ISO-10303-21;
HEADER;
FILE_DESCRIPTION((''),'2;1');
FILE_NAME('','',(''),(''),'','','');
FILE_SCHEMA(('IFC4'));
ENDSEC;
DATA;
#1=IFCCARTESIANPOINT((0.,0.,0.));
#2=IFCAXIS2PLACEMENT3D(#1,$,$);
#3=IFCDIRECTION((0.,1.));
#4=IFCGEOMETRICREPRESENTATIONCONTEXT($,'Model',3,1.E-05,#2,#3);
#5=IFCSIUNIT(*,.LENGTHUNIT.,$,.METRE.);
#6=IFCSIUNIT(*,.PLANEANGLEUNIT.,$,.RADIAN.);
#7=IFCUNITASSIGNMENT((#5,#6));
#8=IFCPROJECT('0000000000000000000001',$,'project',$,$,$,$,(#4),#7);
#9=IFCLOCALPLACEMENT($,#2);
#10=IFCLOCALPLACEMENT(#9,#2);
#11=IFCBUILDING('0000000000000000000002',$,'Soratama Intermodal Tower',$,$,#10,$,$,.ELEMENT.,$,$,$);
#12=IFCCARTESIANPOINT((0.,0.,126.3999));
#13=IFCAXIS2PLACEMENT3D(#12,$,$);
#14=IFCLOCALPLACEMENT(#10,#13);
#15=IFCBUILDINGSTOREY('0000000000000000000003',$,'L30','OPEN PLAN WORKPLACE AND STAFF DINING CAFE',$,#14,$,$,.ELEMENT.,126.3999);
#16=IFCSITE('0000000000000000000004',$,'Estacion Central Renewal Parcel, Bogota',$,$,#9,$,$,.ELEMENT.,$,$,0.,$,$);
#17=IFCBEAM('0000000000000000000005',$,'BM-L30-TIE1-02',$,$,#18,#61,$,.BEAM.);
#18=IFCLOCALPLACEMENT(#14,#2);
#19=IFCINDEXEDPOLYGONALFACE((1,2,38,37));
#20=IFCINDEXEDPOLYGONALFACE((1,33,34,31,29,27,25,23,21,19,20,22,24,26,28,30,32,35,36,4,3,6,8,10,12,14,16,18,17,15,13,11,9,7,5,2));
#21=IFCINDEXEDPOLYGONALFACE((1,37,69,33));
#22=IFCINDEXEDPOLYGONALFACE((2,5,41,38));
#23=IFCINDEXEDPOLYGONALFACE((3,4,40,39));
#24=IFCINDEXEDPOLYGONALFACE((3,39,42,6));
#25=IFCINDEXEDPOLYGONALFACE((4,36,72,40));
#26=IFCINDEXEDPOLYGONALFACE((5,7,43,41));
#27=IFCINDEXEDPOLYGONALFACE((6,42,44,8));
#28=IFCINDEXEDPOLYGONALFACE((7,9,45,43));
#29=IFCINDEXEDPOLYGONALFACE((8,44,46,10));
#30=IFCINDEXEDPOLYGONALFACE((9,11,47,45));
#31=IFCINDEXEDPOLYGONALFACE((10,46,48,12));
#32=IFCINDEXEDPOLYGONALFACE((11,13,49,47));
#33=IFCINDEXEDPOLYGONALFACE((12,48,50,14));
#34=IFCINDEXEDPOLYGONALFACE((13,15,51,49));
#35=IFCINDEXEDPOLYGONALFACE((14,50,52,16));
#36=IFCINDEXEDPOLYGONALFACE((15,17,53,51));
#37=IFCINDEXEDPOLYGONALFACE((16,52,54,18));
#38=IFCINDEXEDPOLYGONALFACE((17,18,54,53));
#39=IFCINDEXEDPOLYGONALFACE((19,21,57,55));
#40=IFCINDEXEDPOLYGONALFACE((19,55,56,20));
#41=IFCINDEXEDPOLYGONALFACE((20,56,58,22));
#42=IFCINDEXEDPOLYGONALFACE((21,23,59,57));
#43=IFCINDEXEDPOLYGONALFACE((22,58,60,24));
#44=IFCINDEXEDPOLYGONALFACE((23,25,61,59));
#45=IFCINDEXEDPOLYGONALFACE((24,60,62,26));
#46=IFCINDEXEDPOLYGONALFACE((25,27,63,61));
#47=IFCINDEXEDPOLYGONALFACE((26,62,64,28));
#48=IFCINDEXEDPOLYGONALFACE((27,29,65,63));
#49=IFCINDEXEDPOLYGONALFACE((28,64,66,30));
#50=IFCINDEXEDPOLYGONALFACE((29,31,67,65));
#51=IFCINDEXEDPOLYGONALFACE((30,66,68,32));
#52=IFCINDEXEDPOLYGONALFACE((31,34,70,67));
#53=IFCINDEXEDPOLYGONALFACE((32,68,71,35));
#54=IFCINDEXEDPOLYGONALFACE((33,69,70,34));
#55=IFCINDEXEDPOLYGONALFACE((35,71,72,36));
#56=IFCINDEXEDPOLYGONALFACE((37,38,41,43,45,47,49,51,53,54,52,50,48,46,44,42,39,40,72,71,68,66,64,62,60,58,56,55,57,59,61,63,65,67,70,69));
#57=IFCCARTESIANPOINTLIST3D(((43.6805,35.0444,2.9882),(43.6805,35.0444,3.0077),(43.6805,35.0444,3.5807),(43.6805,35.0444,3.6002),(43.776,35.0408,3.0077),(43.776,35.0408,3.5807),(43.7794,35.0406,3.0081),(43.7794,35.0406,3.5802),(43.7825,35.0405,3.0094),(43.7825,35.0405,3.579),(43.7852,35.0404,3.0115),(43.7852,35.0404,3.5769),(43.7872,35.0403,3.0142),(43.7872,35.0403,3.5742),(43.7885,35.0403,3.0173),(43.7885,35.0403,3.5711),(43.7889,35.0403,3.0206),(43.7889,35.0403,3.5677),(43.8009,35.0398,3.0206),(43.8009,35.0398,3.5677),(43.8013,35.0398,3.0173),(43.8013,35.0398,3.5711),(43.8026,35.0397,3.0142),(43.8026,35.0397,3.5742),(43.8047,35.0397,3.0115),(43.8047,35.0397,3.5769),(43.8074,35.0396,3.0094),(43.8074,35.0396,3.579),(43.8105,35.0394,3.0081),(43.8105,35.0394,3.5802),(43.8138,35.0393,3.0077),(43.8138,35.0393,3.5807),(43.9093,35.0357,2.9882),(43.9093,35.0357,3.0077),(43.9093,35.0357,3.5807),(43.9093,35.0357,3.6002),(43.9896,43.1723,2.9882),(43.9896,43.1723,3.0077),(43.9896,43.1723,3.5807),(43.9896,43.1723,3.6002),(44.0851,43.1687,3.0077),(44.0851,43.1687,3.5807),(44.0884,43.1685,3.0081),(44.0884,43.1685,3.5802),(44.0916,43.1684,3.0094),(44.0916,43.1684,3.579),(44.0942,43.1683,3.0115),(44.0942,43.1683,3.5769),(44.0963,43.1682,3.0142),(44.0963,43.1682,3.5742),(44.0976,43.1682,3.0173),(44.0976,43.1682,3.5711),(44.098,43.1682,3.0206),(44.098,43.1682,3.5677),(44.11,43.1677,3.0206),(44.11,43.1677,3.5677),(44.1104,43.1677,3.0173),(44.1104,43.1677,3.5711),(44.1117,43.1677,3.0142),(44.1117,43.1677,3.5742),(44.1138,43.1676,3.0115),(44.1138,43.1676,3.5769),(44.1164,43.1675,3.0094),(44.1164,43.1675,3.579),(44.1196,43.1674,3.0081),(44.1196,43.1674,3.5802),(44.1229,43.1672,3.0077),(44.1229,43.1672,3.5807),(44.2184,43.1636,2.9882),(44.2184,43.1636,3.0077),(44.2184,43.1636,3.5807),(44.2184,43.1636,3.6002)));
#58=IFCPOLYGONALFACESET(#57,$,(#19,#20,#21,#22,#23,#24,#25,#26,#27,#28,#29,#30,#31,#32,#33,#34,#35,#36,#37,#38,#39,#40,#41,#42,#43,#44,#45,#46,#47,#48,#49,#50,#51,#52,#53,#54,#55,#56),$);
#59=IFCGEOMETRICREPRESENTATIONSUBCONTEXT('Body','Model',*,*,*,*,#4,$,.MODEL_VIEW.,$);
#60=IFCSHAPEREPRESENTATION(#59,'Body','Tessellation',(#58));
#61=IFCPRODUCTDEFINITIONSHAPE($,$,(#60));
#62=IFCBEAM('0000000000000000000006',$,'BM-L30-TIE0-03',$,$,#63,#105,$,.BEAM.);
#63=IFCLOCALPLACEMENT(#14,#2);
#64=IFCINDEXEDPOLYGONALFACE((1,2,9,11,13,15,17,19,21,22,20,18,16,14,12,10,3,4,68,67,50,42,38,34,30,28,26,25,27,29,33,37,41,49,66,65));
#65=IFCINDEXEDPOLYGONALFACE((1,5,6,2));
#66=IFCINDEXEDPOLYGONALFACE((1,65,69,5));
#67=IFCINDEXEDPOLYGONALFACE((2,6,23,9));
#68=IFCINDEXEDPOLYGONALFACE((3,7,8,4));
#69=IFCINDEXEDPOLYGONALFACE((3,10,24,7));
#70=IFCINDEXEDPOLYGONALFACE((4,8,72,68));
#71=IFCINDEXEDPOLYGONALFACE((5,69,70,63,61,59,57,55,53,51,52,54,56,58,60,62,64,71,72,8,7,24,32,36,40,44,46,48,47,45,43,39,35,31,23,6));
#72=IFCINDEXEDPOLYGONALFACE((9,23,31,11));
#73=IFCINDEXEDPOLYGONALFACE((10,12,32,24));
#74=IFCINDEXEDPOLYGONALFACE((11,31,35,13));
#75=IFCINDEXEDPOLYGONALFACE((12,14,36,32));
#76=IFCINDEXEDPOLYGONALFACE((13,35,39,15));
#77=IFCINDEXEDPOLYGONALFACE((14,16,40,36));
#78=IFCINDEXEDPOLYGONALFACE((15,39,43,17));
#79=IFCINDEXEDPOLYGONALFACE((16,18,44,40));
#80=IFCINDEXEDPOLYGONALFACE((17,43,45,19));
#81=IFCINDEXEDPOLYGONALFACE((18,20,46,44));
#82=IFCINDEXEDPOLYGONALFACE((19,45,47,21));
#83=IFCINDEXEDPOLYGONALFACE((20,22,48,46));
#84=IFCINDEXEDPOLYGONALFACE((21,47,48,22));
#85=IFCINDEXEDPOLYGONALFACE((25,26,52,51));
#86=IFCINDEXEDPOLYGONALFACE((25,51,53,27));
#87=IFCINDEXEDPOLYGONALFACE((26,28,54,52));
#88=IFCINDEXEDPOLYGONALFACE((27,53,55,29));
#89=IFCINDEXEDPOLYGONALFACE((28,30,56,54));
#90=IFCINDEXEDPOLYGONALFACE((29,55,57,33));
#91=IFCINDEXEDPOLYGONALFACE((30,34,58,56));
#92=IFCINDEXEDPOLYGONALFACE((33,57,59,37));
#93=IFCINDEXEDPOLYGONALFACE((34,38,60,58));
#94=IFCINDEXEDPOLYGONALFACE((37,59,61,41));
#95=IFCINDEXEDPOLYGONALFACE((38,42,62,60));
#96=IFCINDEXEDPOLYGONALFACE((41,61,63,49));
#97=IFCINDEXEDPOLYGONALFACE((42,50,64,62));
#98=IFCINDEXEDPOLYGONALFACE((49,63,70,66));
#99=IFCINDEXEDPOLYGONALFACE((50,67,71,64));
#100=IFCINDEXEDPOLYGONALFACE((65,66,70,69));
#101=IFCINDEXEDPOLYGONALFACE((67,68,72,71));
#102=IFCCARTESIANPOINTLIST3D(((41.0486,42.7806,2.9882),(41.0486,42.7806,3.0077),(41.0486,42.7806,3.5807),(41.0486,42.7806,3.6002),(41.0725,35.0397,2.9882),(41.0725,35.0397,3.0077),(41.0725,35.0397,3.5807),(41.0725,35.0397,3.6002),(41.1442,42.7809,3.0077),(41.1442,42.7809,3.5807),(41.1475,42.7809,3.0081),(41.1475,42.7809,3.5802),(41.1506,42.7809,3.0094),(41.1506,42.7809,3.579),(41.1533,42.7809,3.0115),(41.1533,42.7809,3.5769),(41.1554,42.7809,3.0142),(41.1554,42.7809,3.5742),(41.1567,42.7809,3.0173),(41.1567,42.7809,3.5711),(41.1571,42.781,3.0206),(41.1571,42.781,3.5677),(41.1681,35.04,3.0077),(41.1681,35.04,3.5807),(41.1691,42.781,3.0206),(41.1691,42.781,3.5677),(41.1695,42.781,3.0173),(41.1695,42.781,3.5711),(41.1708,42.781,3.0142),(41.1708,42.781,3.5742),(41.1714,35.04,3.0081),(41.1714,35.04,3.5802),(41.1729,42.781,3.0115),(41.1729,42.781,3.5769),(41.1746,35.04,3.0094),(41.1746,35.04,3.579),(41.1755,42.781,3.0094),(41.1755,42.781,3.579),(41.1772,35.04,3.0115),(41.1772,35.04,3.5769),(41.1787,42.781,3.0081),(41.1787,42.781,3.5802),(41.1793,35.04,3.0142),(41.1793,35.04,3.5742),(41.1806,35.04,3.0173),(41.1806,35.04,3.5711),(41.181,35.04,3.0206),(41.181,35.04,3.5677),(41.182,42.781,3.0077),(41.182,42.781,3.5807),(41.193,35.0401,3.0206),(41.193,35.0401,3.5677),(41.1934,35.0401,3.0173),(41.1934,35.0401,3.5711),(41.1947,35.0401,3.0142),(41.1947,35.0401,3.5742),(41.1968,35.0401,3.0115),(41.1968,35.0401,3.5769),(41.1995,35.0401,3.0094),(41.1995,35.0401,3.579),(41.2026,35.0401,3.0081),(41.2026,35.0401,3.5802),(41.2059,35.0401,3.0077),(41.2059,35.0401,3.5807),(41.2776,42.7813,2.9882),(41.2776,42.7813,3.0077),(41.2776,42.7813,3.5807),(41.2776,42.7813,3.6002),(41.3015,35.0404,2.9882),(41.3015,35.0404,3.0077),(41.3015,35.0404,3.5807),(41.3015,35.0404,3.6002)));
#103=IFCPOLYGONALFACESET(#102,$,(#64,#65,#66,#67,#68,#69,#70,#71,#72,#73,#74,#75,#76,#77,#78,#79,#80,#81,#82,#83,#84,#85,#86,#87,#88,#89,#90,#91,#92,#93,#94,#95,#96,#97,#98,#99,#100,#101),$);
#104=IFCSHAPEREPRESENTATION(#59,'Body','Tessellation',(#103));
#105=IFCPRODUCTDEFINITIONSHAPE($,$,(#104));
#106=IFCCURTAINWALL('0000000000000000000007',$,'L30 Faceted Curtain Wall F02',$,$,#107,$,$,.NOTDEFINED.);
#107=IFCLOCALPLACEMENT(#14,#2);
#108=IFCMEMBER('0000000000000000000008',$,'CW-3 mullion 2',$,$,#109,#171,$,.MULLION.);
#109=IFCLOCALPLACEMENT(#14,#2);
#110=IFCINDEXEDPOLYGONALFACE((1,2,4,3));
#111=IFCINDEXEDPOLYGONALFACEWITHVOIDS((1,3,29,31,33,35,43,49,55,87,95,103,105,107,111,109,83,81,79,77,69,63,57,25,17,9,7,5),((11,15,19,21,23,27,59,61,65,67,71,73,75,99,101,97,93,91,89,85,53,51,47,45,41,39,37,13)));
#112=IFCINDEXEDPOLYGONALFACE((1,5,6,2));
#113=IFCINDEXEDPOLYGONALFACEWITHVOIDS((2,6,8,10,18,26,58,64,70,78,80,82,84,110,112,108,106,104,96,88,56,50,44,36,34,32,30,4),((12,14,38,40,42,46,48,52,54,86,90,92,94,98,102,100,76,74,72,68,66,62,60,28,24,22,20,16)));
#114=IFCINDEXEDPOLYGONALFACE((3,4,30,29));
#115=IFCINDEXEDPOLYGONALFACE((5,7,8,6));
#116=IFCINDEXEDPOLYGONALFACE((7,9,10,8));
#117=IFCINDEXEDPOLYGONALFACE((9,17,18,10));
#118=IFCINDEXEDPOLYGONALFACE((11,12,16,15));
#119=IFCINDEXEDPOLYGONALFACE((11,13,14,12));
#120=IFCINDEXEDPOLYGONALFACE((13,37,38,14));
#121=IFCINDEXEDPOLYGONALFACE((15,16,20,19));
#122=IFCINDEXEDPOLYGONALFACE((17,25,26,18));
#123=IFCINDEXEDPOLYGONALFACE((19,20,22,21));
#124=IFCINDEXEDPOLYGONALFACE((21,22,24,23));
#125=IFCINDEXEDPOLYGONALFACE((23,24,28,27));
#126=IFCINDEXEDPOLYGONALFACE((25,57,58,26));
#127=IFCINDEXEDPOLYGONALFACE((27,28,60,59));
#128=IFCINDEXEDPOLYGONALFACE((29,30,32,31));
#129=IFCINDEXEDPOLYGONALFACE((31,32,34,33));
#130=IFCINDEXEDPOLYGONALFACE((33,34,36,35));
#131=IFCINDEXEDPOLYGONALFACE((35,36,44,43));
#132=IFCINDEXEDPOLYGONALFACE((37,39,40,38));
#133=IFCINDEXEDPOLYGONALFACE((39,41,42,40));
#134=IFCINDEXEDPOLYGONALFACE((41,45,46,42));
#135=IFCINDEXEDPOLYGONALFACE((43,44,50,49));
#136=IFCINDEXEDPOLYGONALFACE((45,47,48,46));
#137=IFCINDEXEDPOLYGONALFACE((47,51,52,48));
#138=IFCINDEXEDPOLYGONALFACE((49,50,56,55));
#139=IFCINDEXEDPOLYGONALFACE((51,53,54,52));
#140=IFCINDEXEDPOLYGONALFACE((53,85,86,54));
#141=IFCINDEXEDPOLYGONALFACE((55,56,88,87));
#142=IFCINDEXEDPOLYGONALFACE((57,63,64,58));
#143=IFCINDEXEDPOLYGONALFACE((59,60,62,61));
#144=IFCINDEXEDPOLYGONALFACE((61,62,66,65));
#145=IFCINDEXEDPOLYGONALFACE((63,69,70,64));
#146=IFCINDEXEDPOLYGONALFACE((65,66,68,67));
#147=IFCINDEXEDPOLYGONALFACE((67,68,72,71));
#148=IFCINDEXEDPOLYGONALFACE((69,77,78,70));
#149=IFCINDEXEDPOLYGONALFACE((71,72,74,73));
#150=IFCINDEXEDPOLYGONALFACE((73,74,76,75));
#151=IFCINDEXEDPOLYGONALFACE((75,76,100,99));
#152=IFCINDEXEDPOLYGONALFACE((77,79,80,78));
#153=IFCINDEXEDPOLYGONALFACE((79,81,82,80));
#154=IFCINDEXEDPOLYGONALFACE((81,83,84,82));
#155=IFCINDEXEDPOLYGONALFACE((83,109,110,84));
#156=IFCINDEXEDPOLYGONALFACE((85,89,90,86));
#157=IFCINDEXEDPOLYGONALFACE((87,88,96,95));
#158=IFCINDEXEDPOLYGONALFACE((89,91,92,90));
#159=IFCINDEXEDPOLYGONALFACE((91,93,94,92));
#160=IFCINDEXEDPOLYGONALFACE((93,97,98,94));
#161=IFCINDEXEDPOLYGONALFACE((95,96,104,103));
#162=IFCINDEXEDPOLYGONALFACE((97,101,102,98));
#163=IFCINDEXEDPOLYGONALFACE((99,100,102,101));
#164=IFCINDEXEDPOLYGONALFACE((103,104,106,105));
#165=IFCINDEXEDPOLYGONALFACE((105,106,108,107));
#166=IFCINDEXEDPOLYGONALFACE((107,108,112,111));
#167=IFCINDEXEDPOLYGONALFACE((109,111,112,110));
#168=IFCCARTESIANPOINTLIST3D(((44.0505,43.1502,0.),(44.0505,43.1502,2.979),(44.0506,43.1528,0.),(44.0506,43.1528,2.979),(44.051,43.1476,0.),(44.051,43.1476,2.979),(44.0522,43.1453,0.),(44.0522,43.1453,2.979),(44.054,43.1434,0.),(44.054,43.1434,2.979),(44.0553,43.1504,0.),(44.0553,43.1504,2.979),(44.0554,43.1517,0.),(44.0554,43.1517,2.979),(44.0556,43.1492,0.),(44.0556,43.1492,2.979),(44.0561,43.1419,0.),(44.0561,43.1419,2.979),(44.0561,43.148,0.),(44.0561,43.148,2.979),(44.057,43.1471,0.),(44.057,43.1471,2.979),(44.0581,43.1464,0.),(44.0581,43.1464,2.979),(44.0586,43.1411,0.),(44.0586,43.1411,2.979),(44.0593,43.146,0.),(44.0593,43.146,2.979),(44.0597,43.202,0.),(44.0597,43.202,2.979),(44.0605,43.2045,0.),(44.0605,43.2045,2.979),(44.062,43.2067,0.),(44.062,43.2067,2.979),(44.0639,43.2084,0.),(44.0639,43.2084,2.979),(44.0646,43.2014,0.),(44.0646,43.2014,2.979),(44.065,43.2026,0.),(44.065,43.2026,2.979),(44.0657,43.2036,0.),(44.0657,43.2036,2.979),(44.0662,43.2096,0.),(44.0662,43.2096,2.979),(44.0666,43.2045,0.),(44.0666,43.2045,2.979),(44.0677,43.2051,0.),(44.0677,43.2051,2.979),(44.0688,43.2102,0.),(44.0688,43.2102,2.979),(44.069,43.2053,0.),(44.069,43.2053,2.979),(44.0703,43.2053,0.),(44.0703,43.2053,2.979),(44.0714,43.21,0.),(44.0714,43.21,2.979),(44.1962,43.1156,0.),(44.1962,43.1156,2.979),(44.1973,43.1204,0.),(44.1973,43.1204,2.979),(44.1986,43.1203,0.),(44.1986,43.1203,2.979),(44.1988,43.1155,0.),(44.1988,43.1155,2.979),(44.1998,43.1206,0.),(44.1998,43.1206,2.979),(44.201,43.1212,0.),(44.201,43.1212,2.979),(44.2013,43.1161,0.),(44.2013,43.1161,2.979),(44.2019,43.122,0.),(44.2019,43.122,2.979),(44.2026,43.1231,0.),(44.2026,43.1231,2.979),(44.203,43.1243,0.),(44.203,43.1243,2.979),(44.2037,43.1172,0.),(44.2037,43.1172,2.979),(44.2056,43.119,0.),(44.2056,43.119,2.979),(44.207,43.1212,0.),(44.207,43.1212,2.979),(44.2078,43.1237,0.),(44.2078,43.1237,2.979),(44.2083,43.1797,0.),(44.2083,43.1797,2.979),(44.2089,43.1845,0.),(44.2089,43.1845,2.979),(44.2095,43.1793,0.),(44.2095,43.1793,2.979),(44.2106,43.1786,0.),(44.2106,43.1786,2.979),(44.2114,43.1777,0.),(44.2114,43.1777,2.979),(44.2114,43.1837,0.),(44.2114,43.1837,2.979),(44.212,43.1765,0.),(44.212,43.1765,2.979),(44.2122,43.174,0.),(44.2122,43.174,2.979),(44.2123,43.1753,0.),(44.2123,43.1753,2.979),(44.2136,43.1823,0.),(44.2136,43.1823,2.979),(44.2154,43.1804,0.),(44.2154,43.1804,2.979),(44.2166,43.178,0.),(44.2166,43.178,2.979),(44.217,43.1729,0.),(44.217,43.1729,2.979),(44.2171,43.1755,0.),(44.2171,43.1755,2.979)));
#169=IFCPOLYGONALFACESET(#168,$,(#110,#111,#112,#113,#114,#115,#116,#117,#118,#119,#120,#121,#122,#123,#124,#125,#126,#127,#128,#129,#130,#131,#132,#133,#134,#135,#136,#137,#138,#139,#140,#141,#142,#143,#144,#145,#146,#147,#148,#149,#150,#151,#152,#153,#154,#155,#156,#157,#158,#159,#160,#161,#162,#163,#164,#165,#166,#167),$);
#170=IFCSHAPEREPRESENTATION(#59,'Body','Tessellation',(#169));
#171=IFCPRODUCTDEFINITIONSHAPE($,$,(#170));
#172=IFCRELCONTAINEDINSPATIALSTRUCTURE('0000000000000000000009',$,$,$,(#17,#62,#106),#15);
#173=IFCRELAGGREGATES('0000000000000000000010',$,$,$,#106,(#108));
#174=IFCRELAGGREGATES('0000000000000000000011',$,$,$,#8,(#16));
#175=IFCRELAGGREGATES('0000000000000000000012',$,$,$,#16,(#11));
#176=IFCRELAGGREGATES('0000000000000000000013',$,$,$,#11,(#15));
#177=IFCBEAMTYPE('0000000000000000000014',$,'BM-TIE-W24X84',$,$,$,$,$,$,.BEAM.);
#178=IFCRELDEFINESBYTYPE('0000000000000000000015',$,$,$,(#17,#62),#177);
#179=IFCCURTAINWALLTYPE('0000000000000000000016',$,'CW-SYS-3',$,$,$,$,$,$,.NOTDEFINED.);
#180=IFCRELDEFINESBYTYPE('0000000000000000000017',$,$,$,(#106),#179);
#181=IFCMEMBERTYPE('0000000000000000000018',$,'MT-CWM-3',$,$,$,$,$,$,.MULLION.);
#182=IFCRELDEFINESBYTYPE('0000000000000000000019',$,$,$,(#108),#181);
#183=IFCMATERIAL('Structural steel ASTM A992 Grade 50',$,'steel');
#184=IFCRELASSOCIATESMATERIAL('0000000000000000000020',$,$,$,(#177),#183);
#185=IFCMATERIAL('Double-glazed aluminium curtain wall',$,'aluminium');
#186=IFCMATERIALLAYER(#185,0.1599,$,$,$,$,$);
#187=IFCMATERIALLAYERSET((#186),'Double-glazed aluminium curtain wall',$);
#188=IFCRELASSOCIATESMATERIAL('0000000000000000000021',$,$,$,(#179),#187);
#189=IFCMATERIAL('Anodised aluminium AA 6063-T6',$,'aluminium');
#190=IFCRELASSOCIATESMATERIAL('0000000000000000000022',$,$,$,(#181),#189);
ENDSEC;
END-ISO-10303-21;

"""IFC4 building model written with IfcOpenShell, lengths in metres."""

from ifc_helpers import new_model, si_unit, direction, frame, origin, origin_2d, place, context, subcontext, project, spatial, hollow_rectangle, i_section, extrude, material, layer, layer_set, material_profile, profile_set, type_object, element, aggregate, save


model = new_model("IFC4")

# Units and contexts
model_context = context("Model", 3, precision=1e-05, world=origin(), true_north=direction((0.0, 1.0)))
body_context = subcontext(model_context, "Body", "Model", "MODEL_VIEW")
ifc_project = project(units=[si_unit("LENGTHUNIT", "METRE"), si_unit("PLANEANGLEUNIT", "RADIAN")], contexts=[model_context])

# Site, building, storey
site_placement = place(None, origin())
site = spatial("IfcSite", under=ifc_project, at=site_placement, Name="Estacion Central Renewal Parcel, Bogota", CompositionType="ELEMENT", RefElevation=0.0)
building_placement = place(site_placement, origin())
building = spatial("IfcBuilding", under=site, at=building_placement, Name="Soratama Intermodal Tower", CompositionType="ELEMENT")
storey_placement = place(building_placement, frame((0.0, 0.0, 126.3999)))
storey = spatial("IfcBuildingStorey", under=building, at=storey_placement, Name="L30", Description="OPEN PLAN WORKPLACE AND STAFF DINING CAFE", CompositionType="ELEMENT", Elevation=126.3999)

# Beams
ifc_material_1 = material(Name="Structural steel ASTM A992 Grade 50", Category="steel")
ifc_material_profile_1 = material_profile(ifc_material_1, i_section(OverallWidth=0.229, OverallDepth=0.6121, WebThickness=0.012, FlangeThickness=0.0195, FilletRadius=0.0129, at=origin_2d()), Name="W24X84")
ifc_profile_set_1 = profile_set([ifc_material_profile_1], Name="Structural steel ASTM A992 Grade 50")
beam_type_1 = type_object("IfcBeamType", Name="BM-TIE-W24X84", PredefinedType="BEAM", material=ifc_profile_set_1)
beam_1_placement = place(storey_placement, frame((43.7949, 35.04, 3.2942), z_axis=(0.038, 0.999278, 0.0), x_axis=(-0.999278, 0.038, 0.0)))
element("IfcBeam", 1, at=beam_1_placement, inside=storey, type_object=beam_type_1, Name="BM-L30-TIE1-02", PredefinedType="BEAM", context=body_context, shape_type="SweptSolid", body=[
    extrude(i_section(OverallWidth=0.229, OverallDepth=0.6121, WebThickness=0.012, FlangeThickness=0.0195, FilletRadius=0.0129, at=origin_2d()), origin(), (0.0, 0.0, 1.0), 8.1338),
])
beam_2_placement = place(storey_placement, frame((41.187, 35.04, 3.2942), z_axis=(-0.003091, 0.999995, 0.0), x_axis=(-0.999995, -0.003091, 0.0)))
element("IfcBeam", 2, at=beam_2_placement, inside=storey, type_object=beam_type_1, Name="BM-L30-TIE0-03", PredefinedType="BEAM", context=body_context, shape_type="SweptSolid", body=[
    extrude(i_section(OverallWidth=0.229, OverallDepth=0.6121, WebThickness=0.012, FlangeThickness=0.0195, FilletRadius=0.0129, at=origin_2d()), origin(), (0.0, 0.0, 1.0), 7.741),
])

# Curtain wall, member
ifc_material_2 = material(Name="Double-glazed aluminium curtain wall", Category="aluminium")
ifc_layer_1 = layer(ifc_material_2, 0.1599)
ifc_layer_set_1 = layer_set([ifc_layer_1], Name="Double-glazed aluminium curtain wall")
curtain_wall_type = type_object("IfcCurtainWallType", Name="CW-SYS-3", PredefinedType="NOTDEFINED", material=ifc_layer_set_1)
curtain_wall_1_placement = place(storey_placement, origin())
curtain_wall_1 = element("IfcCurtainWall", 3, at=curtain_wall_1_placement, inside=storey, type_object=curtain_wall_type, Name="L30 Faceted Curtain Wall F02", PredefinedType="NOTDEFINED")
ifc_material_3 = material(Name="Anodised aluminium AA 6063-T6", Category="aluminium")
ifc_material_profile_2 = material_profile(ifc_material_3, hollow_rectangle(XDim=0.0701, YDim=0.1599, WallThickness=0.0049, InnerFilletRadius=0.0049, OuterFilletRadius=0.01, at=origin_2d()), Name="CWM160X70X5")
ifc_profile_set_2 = profile_set([ifc_material_profile_2], Name="Anodised aluminium AA 6063-T6")
member_type_1 = type_object("IfcMemberType", Name="MT-CWM-3", PredefinedType="MULLION", material=ifc_profile_set_2)
member_1_placement = place(storey_placement, frame((44.1338, 43.1628, 0.0), z_axis=(0.0, 0.0, 1.0), x_axis=(-0.182239, -0.983254, 0.0)))
member_1 = element("IfcMember", 4, at=member_1_placement, type_object=member_type_1, Name="CW-3 mullion 2", PredefinedType="MULLION", context=body_context, shape_type="SweptSolid", body=[
    extrude(hollow_rectangle(XDim=0.0701, YDim=0.1599, WallThickness=0.0049, InnerFilletRadius=0.0049, OuterFilletRadius=0.01, at=origin_2d()), origin(), (0.0, 0.0, 1.0), 2.979),
])
aggregate(curtain_wall_1, [member_1])

save(model, "model.ifc")
